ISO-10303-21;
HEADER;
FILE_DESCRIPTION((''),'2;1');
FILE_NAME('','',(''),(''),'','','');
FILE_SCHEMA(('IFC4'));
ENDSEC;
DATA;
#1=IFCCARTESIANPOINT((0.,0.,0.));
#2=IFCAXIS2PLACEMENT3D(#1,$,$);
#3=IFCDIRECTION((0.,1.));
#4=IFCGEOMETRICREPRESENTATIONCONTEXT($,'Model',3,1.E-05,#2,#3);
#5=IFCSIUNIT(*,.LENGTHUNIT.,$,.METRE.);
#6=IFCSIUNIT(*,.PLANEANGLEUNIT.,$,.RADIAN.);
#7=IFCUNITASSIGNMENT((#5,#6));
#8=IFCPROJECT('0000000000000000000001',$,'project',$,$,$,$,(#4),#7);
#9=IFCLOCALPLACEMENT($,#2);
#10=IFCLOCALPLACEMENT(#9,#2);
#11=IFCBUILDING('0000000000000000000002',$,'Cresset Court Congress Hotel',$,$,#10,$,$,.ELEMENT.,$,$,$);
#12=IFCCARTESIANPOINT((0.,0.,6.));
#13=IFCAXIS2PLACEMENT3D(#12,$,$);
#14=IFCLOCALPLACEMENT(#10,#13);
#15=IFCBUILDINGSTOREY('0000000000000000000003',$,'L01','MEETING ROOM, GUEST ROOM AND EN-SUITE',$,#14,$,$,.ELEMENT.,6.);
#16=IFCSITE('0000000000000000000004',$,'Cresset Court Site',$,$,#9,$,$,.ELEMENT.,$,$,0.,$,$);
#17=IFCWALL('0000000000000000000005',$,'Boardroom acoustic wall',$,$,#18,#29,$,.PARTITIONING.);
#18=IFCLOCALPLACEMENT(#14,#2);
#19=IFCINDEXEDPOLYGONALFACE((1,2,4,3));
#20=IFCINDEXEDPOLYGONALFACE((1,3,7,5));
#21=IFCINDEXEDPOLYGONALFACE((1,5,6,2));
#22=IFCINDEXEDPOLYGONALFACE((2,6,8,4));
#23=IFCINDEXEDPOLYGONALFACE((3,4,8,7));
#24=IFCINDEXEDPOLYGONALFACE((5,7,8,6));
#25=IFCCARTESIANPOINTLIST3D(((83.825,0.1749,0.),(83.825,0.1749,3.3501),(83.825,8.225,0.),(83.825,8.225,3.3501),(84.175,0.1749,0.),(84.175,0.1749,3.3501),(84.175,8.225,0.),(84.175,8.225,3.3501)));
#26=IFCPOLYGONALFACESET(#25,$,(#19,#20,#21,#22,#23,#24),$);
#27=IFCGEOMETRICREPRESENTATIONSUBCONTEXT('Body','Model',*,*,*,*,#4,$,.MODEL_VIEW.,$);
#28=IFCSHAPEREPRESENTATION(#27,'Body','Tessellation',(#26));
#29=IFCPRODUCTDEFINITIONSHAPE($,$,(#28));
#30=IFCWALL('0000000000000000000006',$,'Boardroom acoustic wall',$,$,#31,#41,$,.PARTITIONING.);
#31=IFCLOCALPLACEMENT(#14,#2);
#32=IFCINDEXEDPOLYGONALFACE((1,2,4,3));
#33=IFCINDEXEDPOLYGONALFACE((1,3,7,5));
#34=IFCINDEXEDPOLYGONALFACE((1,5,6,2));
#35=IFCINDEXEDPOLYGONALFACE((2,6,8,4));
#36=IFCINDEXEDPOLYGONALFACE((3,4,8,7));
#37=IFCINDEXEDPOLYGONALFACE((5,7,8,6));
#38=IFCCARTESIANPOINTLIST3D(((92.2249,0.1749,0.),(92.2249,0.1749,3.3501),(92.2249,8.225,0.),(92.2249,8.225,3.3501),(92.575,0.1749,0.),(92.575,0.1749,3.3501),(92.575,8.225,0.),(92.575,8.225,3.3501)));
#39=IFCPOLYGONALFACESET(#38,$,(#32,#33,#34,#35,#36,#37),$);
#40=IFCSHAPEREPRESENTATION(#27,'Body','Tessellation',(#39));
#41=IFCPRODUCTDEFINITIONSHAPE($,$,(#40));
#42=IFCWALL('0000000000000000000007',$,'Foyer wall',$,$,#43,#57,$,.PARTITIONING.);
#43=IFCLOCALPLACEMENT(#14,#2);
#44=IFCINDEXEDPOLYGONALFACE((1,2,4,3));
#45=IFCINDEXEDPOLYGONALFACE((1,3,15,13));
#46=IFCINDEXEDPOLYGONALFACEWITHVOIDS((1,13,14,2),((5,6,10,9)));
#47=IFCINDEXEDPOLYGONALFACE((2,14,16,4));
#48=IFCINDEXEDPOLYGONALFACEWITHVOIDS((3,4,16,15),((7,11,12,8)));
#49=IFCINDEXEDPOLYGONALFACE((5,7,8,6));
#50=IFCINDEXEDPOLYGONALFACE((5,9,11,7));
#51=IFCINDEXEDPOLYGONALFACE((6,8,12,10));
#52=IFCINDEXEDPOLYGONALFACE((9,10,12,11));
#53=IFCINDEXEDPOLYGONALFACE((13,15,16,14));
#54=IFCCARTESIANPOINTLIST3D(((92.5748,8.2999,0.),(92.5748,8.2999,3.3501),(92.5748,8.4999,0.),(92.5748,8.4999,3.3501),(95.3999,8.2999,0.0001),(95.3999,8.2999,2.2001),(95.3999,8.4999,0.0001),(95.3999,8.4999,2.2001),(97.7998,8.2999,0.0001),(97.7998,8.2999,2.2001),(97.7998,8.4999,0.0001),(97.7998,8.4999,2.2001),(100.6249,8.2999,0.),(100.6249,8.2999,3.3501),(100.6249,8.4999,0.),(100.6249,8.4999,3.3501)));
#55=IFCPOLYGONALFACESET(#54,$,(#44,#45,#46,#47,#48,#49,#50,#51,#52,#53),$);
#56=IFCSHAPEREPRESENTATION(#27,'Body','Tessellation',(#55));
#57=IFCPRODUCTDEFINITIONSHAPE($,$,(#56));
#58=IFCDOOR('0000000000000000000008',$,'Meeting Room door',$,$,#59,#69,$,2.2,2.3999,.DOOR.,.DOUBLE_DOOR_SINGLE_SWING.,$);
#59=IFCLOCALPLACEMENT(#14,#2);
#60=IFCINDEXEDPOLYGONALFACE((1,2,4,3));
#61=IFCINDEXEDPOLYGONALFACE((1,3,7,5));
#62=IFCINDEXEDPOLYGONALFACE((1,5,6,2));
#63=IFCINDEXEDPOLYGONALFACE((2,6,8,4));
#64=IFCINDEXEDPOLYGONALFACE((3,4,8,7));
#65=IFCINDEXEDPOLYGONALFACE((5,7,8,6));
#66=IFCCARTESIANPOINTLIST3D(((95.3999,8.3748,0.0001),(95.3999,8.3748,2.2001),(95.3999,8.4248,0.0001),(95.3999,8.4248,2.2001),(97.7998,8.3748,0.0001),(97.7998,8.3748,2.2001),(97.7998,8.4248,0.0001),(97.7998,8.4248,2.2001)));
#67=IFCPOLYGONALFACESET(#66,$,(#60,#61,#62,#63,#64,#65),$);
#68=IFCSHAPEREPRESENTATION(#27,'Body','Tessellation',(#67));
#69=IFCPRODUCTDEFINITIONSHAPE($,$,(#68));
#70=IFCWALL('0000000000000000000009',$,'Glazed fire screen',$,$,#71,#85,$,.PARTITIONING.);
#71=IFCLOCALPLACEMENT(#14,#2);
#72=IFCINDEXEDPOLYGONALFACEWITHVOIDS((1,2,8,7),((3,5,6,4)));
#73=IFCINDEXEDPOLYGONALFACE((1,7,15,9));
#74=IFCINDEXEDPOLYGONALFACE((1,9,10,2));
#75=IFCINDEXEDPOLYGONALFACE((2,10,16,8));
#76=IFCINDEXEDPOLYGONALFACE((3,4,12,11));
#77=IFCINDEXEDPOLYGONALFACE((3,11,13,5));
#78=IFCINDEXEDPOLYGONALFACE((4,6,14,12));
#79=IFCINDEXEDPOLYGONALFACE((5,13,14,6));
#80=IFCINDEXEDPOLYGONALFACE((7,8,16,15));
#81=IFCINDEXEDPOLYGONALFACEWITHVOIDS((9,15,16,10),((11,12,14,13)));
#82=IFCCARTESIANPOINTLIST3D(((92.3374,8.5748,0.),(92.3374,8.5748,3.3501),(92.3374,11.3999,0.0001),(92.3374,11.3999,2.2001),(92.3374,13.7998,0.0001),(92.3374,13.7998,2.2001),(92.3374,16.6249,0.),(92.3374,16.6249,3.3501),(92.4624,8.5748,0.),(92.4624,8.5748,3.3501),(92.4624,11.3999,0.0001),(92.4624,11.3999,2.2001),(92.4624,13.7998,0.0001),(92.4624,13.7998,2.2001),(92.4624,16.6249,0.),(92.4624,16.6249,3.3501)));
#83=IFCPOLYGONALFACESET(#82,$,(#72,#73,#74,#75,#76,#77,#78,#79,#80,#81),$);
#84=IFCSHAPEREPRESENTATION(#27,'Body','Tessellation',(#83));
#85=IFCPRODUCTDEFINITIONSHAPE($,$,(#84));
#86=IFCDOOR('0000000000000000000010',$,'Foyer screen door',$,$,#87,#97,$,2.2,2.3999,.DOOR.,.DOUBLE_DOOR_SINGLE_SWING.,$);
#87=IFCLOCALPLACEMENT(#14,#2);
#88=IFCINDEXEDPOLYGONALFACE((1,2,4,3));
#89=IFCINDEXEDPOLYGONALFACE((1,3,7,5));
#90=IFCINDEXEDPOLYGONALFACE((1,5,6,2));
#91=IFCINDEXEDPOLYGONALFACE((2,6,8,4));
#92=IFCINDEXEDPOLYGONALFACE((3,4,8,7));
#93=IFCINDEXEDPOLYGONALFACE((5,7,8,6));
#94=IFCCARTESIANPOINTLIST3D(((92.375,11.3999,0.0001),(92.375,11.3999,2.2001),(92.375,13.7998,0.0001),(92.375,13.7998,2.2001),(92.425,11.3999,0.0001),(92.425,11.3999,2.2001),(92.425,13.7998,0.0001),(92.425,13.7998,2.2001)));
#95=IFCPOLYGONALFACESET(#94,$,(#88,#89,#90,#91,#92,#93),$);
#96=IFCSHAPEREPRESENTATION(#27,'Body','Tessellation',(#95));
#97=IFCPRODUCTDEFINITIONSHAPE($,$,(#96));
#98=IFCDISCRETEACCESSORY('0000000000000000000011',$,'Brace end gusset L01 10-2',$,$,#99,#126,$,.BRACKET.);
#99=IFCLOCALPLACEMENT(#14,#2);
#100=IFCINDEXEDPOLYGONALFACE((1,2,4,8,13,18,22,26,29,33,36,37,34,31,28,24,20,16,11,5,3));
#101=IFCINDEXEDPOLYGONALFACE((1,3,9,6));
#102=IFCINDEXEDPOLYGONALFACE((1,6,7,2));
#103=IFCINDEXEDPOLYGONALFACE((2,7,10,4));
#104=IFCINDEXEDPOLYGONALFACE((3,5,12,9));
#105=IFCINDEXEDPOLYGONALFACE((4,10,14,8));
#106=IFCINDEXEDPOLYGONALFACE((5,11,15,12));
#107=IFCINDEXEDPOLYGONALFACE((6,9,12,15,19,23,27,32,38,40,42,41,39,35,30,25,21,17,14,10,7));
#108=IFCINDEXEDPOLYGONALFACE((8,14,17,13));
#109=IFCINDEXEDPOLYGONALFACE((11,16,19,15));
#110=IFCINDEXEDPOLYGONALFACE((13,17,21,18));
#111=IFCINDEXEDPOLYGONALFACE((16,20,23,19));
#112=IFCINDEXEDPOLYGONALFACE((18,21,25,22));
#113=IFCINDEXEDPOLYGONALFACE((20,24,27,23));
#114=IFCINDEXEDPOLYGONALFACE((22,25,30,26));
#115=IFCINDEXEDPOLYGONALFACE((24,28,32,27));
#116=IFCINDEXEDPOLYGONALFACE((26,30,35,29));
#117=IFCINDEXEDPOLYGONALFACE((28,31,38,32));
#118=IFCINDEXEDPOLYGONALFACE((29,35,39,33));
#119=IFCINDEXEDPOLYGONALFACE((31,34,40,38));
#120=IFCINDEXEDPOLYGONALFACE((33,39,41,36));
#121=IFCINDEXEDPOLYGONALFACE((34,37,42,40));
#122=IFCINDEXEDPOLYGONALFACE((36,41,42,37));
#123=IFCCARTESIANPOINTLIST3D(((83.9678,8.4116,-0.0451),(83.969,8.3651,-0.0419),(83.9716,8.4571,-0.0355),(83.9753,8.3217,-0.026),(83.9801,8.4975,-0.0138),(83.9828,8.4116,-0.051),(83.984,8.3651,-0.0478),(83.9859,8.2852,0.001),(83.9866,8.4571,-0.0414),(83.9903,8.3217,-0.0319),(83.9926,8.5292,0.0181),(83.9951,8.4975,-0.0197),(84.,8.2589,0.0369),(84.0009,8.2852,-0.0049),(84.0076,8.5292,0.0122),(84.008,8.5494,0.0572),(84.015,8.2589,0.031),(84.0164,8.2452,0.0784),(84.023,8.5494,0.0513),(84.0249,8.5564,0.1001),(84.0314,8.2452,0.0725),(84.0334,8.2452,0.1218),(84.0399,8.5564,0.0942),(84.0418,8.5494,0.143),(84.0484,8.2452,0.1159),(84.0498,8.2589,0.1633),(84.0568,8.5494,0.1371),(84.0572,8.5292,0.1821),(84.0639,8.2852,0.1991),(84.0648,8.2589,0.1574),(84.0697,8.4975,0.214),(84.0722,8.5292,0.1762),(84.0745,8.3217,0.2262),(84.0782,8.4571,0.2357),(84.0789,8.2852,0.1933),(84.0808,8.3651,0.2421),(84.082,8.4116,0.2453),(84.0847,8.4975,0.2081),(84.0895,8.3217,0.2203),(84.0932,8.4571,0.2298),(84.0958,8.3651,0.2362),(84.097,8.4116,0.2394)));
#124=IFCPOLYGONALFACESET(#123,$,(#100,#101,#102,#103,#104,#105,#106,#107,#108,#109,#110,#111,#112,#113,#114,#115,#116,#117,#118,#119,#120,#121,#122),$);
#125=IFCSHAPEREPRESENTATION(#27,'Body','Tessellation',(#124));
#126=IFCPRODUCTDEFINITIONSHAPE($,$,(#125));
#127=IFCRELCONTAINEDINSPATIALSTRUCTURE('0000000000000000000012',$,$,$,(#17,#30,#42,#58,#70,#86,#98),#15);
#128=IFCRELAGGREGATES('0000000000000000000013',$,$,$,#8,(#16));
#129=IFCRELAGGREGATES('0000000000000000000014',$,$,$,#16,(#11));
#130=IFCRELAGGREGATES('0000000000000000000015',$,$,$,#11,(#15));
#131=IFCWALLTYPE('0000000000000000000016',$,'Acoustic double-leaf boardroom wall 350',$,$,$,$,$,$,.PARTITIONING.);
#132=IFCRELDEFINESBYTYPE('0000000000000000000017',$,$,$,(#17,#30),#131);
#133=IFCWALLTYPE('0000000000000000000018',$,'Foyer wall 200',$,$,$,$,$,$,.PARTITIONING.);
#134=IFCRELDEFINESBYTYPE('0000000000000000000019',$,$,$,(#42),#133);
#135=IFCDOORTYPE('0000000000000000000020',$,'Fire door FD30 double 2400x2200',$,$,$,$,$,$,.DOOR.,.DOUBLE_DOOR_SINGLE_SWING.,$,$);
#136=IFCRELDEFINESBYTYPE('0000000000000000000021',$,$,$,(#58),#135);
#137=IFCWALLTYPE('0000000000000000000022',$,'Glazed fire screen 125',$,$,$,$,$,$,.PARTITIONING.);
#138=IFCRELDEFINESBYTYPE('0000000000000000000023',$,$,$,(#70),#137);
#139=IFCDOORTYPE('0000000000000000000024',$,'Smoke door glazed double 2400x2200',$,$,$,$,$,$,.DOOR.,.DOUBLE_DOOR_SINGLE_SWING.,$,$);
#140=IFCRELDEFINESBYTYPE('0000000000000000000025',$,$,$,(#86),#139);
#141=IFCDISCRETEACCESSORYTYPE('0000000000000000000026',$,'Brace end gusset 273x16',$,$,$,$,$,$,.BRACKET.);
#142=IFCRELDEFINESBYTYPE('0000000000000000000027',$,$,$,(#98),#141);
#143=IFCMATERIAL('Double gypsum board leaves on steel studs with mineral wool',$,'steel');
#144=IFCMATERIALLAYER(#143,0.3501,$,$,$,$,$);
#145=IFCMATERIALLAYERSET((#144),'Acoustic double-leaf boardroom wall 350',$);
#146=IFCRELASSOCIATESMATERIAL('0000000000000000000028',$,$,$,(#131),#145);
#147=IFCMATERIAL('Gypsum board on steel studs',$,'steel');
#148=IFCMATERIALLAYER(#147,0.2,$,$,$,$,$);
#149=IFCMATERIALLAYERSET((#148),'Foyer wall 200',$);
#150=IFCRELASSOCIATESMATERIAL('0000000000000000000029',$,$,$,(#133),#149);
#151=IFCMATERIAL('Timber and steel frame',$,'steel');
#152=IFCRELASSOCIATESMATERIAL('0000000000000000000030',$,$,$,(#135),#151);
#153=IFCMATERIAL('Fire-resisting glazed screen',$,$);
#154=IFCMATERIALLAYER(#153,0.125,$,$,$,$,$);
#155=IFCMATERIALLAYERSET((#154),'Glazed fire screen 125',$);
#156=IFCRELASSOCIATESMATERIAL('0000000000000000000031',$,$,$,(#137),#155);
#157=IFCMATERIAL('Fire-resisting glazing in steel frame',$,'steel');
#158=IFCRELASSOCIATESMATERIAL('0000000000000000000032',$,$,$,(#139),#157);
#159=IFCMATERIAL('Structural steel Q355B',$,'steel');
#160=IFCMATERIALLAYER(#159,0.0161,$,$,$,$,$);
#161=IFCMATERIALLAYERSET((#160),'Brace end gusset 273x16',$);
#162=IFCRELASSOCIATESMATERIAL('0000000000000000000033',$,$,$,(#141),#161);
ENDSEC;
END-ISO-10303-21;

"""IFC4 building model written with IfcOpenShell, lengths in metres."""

from ifc_helpers import new_model, si_unit, direction, frame, frame_2d, origin, origin_2d, place, context, subcontext, project, spatial, rectangle, circle, extrude, material, layer, layer_set, type_object, element, fill, save


model = new_model("IFC4")

# Units and contexts
model_context = context("Model", 3, precision=1e-05, world=origin(), true_north=direction((0.0, 1.0)))
body_context = subcontext(model_context, "Body", "Model", "MODEL_VIEW")
ifc_project = project(units=[si_unit("LENGTHUNIT", "METRE"), si_unit("PLANEANGLEUNIT", "RADIAN")], contexts=[model_context])

# Site, building, storey
site_placement = place(None, origin())
site = spatial("IfcSite", under=ifc_project, at=site_placement, Name="Cresset Court Site", CompositionType="ELEMENT", RefElevation=0.0)
building_placement = place(site_placement, origin())
building = spatial("IfcBuilding", under=site, at=building_placement, Name="Cresset Court Congress Hotel", CompositionType="ELEMENT")
storey_placement = place(building_placement, frame((0.0, 0.0, 6.0)))
storey = spatial("IfcBuildingStorey", under=building, at=storey_placement, Name="L01", Description="MEETING ROOM, GUEST ROOM AND EN-SUITE", CompositionType="ELEMENT", Elevation=6.0)

# Shared definitions
ifc_material_1 = material(Name="Double gypsum board leaves on steel studs with mineral wool", Category="steel")
ifc_layer_1 = layer(ifc_material_1, 0.3501)
ifc_layer_set_1 = layer_set([ifc_layer_1], Name="Acoustic double-leaf boardroom wall 350")
wall_type_1 = type_object("IfcWallType", Name="Acoustic double-leaf boardroom wall 350", PredefinedType="PARTITIONING", material=ifc_layer_set_1)

# Walls
for number, where, z_axis, x_axis, name in (
    (1, (84.0, 0.175, 0.0), (0.0, 0.0, 1.0), (0.0, 1.0, 0.0), "Boardroom acoustic wall"),
    (2, (92.3999, 0.175, 0.0), (0.0, 0.0, 1.0), (0.0, 1.0, 0.0), "Boardroom acoustic wall"),
):
    element("IfcWall", number, at=place(storey_placement, frame(where, z_axis=z_axis, x_axis=x_axis)), inside=storey, type_object=wall_type_1, Name=name, PredefinedType="PARTITIONING", context=body_context, shape_type="SweptSolid", body=[
        extrude(rectangle(XDim=8.05, YDim=0.3501, at=frame_2d((4.0249, 0.0))), origin(), (0.0, 0.0, 1.0), 3.3501),
    ])

# Walls, openings, doors
ifc_material_2 = material(Name="Gypsum board on steel studs", Category="steel")
ifc_layer_2 = layer(ifc_material_2, 0.2)
ifc_layer_set_2 = layer_set([ifc_layer_2], Name="Foyer wall 200")
wall_type_2 = type_object("IfcWallType", Name="Foyer wall 200", PredefinedType="PARTITIONING", material=ifc_layer_set_2)
wall_1_placement = place(storey_placement, frame((92.575, 8.3999, 0.0), z_axis=(0.0, 0.0, 1.0), x_axis=(1.0, 0.0, 0.0)))
wall_1 = element("IfcWall", 3, at=wall_1_placement, inside=storey, type_object=wall_type_2, Name="Foyer wall", PredefinedType="PARTITIONING", context=body_context, shape_type="SweptSolid", body=[
    extrude(rectangle(XDim=8.05, YDim=0.2, at=frame_2d((4.0249, 0.0))), origin(), (0.0, 0.0, 1.0), 3.3501),
])
opening_1_placement = place(wall_1_placement, frame((2.825, 0.0, 0.0)))
opening_1 = element("IfcOpeningElement", 4, at=opening_1_placement, cuts=wall_1, PredefinedType="OPENING", context=body_context, shape_type="SweptSolid", body=[
    extrude(rectangle(XDim=2.3999, YDim=2.2, at=frame_2d((1.2, 1.1001))), frame((0.0, 0.1099, 0.0), z_axis=(0.0, -1.0, 0.0), x_axis=(1.0, 0.0, 0.0)), (0.0, 0.0, 1.0), 0.22),
])
ifc_material_3 = material(Name="Timber and steel frame", Category="steel")
door_type_1 = type_object("IfcDoorType", Name="Fire door FD30 double 2400x2200", OperationType="DOUBLE_DOOR_SINGLE_SWING", PredefinedType="DOOR", material=ifc_material_3)
door_1_placement = place(opening_1_placement, origin())
door_1 = element("IfcDoor", 5, at=door_1_placement, inside=storey, type_object=door_type_1, Name="Meeting Room door", OperationType="DOUBLE_DOOR_SINGLE_SWING", OverallHeight=2.2, OverallWidth=2.3999, PredefinedType="DOOR", context=body_context, shape_type="SweptSolid", body=[
    extrude(rectangle(XDim=2.3999, YDim=2.2, at=frame_2d((1.2, 1.1001))), frame((0.0, 0.0249, 0.0), z_axis=(0.0, -1.0, 0.0), x_axis=(1.0, 0.0, 0.0)), (0.0, 0.0, 1.0), 0.05),
])
fill(opening_1, door_1)
ifc_material_4 = material(Name="Fire-resisting glazed screen")
ifc_layer_3 = layer(ifc_material_4, 0.125)
ifc_layer_set_3 = layer_set([ifc_layer_3], Name="Glazed fire screen 125")
wall_type_3 = type_object("IfcWallType", Name="Glazed fire screen 125", PredefinedType="PARTITIONING", material=ifc_layer_set_3)
wall_2_placement = place(storey_placement, frame((92.3999, 8.575, 0.0), z_axis=(0.0, 0.0, 1.0), x_axis=(0.0, 1.0, 0.0)))
wall_2 = element("IfcWall", 6, at=wall_2_placement, inside=storey, type_object=wall_type_3, Name="Glazed fire screen", PredefinedType="PARTITIONING", context=body_context, shape_type="SweptSolid", body=[
    extrude(rectangle(XDim=8.05, YDim=0.125, at=frame_2d((4.0249, 0.0))), origin(), (0.0, 0.0, 1.0), 3.3501),
])
opening_2_placement = place(wall_2_placement, frame((2.825, 0.0, 0.0)))
opening_2 = element("IfcOpeningElement", 7, at=opening_2_placement, cuts=wall_2, PredefinedType="OPENING", context=body_context, shape_type="SweptSolid", body=[
    extrude(rectangle(XDim=2.3999, YDim=2.2, at=frame_2d((1.2, 1.1001))), frame((0.0, 0.0725, 0.0), z_axis=(0.0, -1.0, 0.0), x_axis=(1.0, 0.0, 0.0)), (0.0, 0.0, 1.0), 0.145),
])
ifc_material_5 = material(Name="Fire-resisting glazing in steel frame", Category="steel")
door_type_2 = type_object("IfcDoorType", Name="Smoke door glazed double 2400x2200", OperationType="DOUBLE_DOOR_SINGLE_SWING", PredefinedType="DOOR", material=ifc_material_5)
door_2_placement = place(opening_2_placement, origin())
door_2 = element("IfcDoor", 8, at=door_2_placement, inside=storey, type_object=door_type_2, Name="Foyer screen door", OperationType="DOUBLE_DOOR_SINGLE_SWING", OverallHeight=2.2, OverallWidth=2.3999, PredefinedType="DOOR", context=body_context, shape_type="SweptSolid", body=[
    extrude(rectangle(XDim=2.3999, YDim=2.2, at=frame_2d((1.2, 1.1001))), frame((0.0, 0.0249, 0.0), z_axis=(0.0, -1.0, 0.0), x_axis=(1.0, 0.0, 0.0)), (0.0, 0.0, 1.0), 0.05),
])
fill(opening_2, door_2)

# Discrete accessory
ifc_material_6 = material(Name="Structural steel Q355B", Category="steel")
ifc_layer_4 = layer(ifc_material_6, 0.0161)
ifc_layer_set_4 = layer_set([ifc_layer_4], Name="Brace end gusset 273x16")
discrete_accessory_type = type_object("IfcDiscreteAccessoryType", Name="Brace end gusset 273x16", PredefinedType="BRACKET", material=ifc_layer_set_4)
discrete_accessory_placement = place(storey_placement, frame((84.0249, 8.3999, 0.1001), z_axis=(0.930566, 0.0, -0.366124), x_axis=(0.0, 1.0, 0.0)))
element("IfcDiscreteAccessory", 9, at=discrete_accessory_placement, inside=storey, type_object=discrete_accessory_type, Name="Brace end gusset L01 10-2", PredefinedType="BRACKET", context=body_context, shape_type="SweptSolid", body=[
    extrude(circle(Radius=0.1565, at=origin_2d()), origin(), (0.0, 0.0, 1.0), 0.0161),
])

save(model, "model.ifc")
